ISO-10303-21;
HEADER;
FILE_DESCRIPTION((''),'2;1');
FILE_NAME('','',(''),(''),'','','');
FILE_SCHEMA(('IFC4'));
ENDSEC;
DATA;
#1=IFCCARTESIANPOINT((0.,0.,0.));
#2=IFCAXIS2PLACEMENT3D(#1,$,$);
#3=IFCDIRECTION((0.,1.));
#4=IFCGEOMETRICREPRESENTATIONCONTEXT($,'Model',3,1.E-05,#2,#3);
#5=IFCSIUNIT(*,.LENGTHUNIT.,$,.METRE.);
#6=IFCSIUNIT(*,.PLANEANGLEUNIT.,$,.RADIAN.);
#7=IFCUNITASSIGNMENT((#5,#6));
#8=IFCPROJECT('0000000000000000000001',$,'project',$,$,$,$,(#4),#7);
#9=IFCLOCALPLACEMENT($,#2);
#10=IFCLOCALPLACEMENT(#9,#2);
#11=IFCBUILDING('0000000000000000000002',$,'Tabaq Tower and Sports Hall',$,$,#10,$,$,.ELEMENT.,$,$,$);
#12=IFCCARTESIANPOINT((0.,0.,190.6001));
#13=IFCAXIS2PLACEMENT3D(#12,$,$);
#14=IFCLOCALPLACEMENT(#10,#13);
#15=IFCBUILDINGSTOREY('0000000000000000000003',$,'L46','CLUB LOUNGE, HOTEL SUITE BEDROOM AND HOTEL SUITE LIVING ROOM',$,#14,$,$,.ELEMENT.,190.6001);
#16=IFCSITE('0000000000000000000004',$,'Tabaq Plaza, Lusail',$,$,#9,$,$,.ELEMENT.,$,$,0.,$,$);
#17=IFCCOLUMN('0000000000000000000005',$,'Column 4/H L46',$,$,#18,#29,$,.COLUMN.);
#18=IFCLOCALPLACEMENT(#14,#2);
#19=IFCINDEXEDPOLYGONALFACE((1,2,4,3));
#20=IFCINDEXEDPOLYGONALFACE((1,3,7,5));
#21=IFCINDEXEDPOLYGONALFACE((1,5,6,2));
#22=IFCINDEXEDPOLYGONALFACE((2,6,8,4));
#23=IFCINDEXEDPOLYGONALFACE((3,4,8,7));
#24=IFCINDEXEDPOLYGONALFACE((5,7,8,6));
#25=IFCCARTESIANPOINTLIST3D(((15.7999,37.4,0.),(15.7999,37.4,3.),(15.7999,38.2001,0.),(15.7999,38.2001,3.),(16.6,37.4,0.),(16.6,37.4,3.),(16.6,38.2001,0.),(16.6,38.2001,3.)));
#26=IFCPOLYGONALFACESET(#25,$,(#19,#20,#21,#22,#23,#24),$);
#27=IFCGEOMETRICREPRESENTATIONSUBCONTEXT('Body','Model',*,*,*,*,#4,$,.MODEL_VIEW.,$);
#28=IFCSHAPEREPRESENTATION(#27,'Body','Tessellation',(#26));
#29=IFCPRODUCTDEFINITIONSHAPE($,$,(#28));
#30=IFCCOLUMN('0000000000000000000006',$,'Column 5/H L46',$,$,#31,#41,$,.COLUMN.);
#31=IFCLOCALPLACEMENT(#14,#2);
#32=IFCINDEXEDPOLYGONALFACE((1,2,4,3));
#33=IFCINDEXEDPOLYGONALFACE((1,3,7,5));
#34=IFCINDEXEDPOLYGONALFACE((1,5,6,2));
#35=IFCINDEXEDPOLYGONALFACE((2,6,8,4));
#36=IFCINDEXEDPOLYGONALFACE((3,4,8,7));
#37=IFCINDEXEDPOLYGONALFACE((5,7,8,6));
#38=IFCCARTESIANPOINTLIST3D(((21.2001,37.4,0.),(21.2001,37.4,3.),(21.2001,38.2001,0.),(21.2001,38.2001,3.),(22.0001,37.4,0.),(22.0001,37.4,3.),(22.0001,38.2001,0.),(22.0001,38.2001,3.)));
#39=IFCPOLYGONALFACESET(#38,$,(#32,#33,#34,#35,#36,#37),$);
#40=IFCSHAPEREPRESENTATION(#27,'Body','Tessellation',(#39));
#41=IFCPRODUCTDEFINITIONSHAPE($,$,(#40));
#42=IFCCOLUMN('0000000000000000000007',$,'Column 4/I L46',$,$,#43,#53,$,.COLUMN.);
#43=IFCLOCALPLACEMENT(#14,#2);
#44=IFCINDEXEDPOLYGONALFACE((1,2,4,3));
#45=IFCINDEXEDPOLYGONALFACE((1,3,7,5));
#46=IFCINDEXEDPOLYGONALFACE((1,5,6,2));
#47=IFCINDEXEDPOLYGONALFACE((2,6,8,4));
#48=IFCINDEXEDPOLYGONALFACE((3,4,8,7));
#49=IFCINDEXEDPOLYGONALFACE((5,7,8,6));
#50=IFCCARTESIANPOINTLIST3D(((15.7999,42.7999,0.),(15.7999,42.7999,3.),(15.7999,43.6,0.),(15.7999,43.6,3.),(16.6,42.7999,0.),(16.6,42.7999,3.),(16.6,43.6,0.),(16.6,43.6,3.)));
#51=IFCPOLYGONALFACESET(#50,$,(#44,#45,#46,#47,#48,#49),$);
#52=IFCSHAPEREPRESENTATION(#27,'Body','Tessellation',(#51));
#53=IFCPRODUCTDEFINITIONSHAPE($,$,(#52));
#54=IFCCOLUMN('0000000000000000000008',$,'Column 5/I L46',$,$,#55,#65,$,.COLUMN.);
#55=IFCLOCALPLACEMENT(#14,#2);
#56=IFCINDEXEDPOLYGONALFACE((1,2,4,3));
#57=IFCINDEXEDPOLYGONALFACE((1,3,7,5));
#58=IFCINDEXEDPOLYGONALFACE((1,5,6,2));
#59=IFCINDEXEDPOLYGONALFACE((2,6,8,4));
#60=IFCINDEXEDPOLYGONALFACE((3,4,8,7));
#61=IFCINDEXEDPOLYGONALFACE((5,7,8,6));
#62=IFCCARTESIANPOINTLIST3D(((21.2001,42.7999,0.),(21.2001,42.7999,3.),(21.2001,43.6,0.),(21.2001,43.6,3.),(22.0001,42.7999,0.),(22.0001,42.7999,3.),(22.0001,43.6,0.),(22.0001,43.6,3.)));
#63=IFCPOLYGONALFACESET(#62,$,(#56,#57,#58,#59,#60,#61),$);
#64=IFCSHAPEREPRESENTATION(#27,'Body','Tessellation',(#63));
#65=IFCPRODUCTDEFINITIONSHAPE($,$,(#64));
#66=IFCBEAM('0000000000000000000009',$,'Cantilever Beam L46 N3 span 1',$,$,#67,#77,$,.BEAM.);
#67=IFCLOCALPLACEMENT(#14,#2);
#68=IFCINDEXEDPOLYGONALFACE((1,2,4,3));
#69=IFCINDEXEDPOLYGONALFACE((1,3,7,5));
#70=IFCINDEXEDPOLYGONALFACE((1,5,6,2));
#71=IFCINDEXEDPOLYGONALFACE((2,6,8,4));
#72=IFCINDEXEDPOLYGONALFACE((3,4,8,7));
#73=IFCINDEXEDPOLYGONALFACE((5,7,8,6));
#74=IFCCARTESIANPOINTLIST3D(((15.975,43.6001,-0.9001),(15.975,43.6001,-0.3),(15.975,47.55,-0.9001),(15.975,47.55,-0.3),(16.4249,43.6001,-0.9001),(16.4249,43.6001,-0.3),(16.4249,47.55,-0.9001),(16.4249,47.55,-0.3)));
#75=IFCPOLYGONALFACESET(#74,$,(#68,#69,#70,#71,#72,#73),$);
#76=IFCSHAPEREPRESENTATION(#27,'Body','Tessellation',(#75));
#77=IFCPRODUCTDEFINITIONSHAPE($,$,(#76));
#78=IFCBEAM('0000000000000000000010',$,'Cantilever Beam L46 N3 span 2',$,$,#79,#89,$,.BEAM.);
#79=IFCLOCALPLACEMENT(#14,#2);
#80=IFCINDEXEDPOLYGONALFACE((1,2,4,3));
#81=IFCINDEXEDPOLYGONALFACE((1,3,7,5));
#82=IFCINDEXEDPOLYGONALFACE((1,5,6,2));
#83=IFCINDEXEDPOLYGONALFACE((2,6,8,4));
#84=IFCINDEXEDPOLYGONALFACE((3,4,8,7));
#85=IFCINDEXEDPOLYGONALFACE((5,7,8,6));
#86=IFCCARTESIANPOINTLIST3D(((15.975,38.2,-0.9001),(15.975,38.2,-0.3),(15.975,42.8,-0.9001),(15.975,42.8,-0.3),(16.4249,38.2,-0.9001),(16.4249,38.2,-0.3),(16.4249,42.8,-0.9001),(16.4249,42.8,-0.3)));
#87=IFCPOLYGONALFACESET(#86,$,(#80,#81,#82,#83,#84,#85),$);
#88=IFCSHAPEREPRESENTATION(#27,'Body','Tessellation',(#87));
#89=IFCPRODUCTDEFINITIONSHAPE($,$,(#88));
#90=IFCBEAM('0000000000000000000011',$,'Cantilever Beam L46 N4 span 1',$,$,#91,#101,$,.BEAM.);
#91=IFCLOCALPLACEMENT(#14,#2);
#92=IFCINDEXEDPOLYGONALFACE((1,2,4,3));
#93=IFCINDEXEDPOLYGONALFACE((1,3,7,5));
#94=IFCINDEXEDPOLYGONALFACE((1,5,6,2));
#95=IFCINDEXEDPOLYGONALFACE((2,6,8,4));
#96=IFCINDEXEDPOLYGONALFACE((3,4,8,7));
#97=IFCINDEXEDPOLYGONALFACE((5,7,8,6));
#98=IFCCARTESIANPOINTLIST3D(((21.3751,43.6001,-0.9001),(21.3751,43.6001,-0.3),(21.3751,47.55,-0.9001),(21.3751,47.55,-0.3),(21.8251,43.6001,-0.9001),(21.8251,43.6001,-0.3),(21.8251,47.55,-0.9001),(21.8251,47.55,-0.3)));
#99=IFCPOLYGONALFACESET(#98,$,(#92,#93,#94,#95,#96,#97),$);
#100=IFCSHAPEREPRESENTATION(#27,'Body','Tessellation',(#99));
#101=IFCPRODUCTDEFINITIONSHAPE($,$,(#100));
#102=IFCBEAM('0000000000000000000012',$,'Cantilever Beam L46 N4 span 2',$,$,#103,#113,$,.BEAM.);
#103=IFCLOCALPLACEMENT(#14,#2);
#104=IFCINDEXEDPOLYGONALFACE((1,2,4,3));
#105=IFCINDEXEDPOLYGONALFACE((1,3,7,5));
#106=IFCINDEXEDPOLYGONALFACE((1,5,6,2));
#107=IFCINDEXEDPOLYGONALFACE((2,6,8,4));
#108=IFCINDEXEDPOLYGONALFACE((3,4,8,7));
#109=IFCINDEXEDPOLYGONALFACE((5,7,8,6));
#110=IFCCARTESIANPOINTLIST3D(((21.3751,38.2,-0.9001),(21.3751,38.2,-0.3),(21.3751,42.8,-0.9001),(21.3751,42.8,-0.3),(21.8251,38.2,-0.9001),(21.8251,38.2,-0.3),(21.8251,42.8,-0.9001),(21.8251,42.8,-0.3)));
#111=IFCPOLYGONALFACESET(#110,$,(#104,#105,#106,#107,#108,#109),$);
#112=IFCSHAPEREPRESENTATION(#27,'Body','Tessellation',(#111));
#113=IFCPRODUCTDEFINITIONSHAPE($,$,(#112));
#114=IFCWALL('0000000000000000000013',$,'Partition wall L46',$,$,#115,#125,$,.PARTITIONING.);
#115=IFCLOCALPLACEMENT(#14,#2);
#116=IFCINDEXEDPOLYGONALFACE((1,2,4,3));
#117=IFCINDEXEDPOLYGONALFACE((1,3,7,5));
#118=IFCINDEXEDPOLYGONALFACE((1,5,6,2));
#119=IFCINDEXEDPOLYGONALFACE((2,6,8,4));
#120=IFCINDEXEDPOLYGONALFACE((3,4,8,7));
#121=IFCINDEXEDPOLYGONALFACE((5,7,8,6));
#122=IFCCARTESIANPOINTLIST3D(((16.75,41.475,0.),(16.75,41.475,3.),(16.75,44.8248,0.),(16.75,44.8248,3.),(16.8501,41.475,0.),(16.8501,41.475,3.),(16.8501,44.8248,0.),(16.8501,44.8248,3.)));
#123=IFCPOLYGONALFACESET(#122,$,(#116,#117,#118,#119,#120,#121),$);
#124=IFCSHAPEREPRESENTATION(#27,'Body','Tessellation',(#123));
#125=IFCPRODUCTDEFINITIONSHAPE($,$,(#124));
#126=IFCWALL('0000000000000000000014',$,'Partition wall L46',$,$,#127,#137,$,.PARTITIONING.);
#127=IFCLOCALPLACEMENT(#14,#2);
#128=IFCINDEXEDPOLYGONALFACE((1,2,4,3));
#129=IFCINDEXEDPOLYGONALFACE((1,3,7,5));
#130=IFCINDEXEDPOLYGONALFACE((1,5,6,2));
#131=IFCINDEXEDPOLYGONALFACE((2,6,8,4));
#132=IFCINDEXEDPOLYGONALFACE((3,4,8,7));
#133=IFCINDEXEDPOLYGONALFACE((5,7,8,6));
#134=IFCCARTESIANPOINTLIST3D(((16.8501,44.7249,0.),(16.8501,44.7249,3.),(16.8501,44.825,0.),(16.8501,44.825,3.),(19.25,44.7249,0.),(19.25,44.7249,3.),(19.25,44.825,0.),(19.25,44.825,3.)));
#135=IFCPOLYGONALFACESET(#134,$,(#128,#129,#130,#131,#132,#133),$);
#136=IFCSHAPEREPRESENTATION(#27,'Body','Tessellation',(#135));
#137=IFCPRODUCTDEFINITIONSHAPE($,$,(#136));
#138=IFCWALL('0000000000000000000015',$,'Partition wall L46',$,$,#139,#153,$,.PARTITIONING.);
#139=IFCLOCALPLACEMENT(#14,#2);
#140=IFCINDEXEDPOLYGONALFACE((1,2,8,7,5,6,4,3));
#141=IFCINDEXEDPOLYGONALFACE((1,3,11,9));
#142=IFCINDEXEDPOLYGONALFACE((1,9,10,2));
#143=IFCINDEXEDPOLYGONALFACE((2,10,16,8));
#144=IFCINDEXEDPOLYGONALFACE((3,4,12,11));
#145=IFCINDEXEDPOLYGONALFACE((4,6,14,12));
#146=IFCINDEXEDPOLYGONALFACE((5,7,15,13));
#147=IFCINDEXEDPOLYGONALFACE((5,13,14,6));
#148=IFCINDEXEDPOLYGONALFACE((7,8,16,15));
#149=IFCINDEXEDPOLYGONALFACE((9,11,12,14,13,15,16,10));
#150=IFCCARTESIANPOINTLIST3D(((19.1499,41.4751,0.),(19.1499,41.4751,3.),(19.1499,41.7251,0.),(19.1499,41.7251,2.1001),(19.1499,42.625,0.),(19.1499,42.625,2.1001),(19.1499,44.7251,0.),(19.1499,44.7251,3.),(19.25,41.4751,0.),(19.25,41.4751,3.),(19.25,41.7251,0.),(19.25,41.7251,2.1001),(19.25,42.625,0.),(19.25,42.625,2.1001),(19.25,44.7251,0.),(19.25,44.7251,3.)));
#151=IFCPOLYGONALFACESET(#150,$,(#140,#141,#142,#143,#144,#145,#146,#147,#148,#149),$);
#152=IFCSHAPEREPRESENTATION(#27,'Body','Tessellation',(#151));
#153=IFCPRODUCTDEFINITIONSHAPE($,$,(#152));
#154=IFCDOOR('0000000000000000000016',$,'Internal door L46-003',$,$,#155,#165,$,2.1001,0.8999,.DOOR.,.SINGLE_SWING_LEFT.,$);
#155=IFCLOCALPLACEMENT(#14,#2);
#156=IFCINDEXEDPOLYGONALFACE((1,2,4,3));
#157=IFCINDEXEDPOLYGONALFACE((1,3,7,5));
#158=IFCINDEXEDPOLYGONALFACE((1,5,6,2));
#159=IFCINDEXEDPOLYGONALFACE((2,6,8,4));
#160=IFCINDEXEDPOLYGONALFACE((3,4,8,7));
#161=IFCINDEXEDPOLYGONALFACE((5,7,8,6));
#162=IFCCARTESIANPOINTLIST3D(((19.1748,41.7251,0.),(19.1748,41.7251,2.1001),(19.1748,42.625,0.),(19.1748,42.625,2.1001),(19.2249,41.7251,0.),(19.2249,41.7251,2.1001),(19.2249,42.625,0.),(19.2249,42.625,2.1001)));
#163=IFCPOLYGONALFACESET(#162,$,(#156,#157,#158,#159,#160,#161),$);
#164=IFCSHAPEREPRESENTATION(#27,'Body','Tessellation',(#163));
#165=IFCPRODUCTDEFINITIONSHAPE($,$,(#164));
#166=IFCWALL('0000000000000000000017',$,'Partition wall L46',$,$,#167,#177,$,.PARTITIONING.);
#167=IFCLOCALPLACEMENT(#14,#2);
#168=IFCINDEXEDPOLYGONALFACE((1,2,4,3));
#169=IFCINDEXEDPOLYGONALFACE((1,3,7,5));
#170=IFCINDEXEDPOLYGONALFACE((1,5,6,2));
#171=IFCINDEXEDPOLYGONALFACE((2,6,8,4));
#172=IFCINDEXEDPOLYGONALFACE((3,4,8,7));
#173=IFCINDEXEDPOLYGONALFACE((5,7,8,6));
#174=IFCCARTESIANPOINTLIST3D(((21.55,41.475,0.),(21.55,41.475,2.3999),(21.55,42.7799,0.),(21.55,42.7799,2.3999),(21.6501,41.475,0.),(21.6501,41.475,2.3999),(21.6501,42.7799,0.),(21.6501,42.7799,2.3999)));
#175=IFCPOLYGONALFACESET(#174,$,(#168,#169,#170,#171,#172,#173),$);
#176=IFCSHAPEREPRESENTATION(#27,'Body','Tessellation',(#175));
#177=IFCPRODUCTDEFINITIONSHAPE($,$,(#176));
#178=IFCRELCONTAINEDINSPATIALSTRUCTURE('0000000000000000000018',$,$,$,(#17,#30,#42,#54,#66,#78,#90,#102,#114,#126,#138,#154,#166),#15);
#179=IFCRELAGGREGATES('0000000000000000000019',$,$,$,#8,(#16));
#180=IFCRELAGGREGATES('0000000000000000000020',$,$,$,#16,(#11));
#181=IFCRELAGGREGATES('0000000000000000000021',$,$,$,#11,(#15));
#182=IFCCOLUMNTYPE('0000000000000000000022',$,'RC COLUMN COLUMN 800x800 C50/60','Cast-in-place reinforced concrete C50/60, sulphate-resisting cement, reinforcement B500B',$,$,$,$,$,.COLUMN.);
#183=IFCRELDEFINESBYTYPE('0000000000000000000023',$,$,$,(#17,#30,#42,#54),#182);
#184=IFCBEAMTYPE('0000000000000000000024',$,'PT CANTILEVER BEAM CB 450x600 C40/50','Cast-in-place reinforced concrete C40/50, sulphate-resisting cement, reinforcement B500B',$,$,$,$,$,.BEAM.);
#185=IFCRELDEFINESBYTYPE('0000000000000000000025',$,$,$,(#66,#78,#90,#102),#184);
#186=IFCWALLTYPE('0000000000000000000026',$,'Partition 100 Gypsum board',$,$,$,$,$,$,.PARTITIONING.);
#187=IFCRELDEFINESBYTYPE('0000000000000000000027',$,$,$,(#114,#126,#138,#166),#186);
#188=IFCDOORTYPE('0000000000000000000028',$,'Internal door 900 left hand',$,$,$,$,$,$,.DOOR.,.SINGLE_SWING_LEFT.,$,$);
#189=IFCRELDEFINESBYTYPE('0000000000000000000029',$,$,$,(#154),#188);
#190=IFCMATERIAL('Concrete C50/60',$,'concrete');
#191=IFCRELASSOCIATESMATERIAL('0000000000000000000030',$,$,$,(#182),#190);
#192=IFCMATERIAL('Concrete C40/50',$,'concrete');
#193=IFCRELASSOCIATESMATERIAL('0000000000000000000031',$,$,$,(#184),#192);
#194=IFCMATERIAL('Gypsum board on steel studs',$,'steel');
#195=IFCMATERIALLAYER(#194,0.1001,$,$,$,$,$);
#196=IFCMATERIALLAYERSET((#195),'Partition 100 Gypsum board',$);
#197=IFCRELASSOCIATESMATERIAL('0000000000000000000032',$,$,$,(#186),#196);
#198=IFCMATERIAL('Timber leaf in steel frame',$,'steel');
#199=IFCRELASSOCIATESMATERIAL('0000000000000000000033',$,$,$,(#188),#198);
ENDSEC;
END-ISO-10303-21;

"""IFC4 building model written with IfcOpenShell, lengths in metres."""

from ifc_helpers import new_model, si_unit, direction, frame, frame_2d, origin, origin_2d, place, context, subcontext, project, spatial, rectangle, extrude, material, layer, layer_set, material_profile, profile_set, type_object, element, fill, save


model = new_model("IFC4")

# Units and contexts
model_context = context("Model", 3, precision=1e-05, world=origin(), true_north=direction((0.0, 1.0)))
body_context = subcontext(model_context, "Body", "Model", "MODEL_VIEW")
ifc_project = project(units=[si_unit("LENGTHUNIT", "METRE"), si_unit("PLANEANGLEUNIT", "RADIAN")], contexts=[model_context])

# Site, building, storey
site_placement = place(None, origin())
site = spatial("IfcSite", under=ifc_project, at=site_placement, Name="Tabaq Plaza, Lusail", CompositionType="ELEMENT", RefElevation=0.0)
building_placement = place(site_placement, origin())
building = spatial("IfcBuilding", under=site, at=building_placement, Name="Tabaq Tower and Sports Hall", CompositionType="ELEMENT")
storey_placement = place(building_placement, frame((0.0, 0.0, 190.6001)))
storey = spatial("IfcBuildingStorey", under=building, at=storey_placement, Name="L46", Description="CLUB LOUNGE, HOTEL SUITE BEDROOM AND HOTEL SUITE LIVING ROOM", CompositionType="ELEMENT", Elevation=190.6001)

# Columns
ifc_material_1 = material(Name="Concrete C50/60", Category="concrete")
ifc_material_profile_1 = material_profile(ifc_material_1, rectangle(XDim=0.8, YDim=0.8, at=origin_2d()), Name="COLUMN 800x800")
ifc_profile_set_1 = profile_set([ifc_material_profile_1], Name="Concrete C50/60")
column_type = type_object("IfcColumnType", Name="RC COLUMN COLUMN 800x800 C50/60", Description="Cast-in-place reinforced concrete C50/60, sulphate-resisting cement, reinforcement B500B", PredefinedType="COLUMN", material=ifc_profile_set_1)
for number, where, z_axis, x_axis, name in (
    (1, (16.2, 37.8, 0.0), (0.0, 0.0, 1.0), (1.0, 0.0, 0.0), "Column 4/H L46"),
    (2, (21.6001, 37.8, 0.0), (0.0, 0.0, 1.0), (1.0, 0.0, 0.0), "Column 5/H L46"),
    (3, (16.2, 43.2, 0.0), (0.0, 0.0, 1.0), (1.0, 0.0, 0.0), "Column 4/I L46"),
    (4, (21.6001, 43.2, 0.0), (0.0, 0.0, 1.0), (1.0, 0.0, 0.0), "Column 5/I L46"),
):
    element("IfcColumn", number, at=place(storey_placement, frame(where, z_axis=z_axis, x_axis=x_axis)), inside=storey, type_object=column_type, Name=name, PredefinedType="COLUMN", context=body_context, shape_type="SweptSolid", body=[
        extrude(rectangle(XDim=0.8, YDim=0.8, at=origin_2d()), origin(), (0.0, 0.0, 1.0), 3.0),
    ])

# Beams
ifc_material_2 = material(Name="Concrete C40/50", Category="concrete")
ifc_material_profile_2 = material_profile(ifc_material_2, rectangle(XDim=0.45, YDim=0.6001, at=origin_2d()), Name="CB 450x600")
ifc_profile_set_2 = profile_set([ifc_material_profile_2], Name="Concrete C40/50")
beam_type = type_object("IfcBeamType", Name="PT CANTILEVER BEAM CB 450x600 C40/50", Description="Cast-in-place reinforced concrete C40/50, sulphate-resisting cement, reinforcement B500B", PredefinedType="BEAM", material=ifc_profile_set_2)
beam_1_placement = place(storey_placement, frame((16.2, 47.55, -0.6001), z_axis=(0.0, -1.0, 0.0), x_axis=(1.0, 0.0, 0.0)))
element("IfcBeam", 5, at=beam_1_placement, inside=storey, type_object=beam_type, Name="Cantilever Beam L46 N3 span 1", PredefinedType="BEAM", context=body_context, shape_type="SweptSolid", body=[
    extrude(rectangle(XDim=0.45, YDim=0.6001, at=origin_2d()), origin(), (0.0, 0.0, 1.0), 3.95),
])
beam_2_placement = place(storey_placement, frame((16.2, 42.8, -0.6001), z_axis=(0.0, -1.0, 0.0), x_axis=(1.0, 0.0, 0.0)))
element("IfcBeam", 6, at=beam_2_placement, inside=storey, type_object=beam_type, Name="Cantilever Beam L46 N3 span 2", PredefinedType="BEAM", context=body_context, shape_type="SweptSolid", body=[
    extrude(rectangle(XDim=0.45, YDim=0.6001, at=origin_2d()), origin(), (0.0, 0.0, 1.0), 4.6001),
])
beam_3_placement = place(storey_placement, frame((21.6001, 47.55, -0.6001), z_axis=(0.0, -1.0, 0.0), x_axis=(1.0, 0.0, 0.0)))
element("IfcBeam", 7, at=beam_3_placement, inside=storey, type_object=beam_type, Name="Cantilever Beam L46 N4 span 1", PredefinedType="BEAM", context=body_context, shape_type="SweptSolid", body=[
    extrude(rectangle(XDim=0.45, YDim=0.6001, at=origin_2d()), origin(), (0.0, 0.0, 1.0), 3.95),
])
beam_4_placement = place(storey_placement, frame((21.6001, 42.8, -0.6001), z_axis=(0.0, -1.0, 0.0), x_axis=(1.0, 0.0, 0.0)))
element("IfcBeam", 8, at=beam_4_placement, inside=storey, type_object=beam_type, Name="Cantilever Beam L46 N4 span 2", PredefinedType="BEAM", context=body_context, shape_type="SweptSolid", body=[
    extrude(rectangle(XDim=0.45, YDim=0.6001, at=origin_2d()), origin(), (0.0, 0.0, 1.0), 4.6001),
])

# Walls
ifc_material_3 = material(Name="Gypsum board on steel studs", Category="steel")
ifc_layer_1 = layer(ifc_material_3, 0.1001)
ifc_layer_set_1 = layer_set([ifc_layer_1], Name="Partition 100 Gypsum board")
wall_type_1 = type_object("IfcWallType", Name="Partition 100 Gypsum board", PredefinedType="PARTITIONING", material=ifc_layer_set_1)
wall_1_placement = place(storey_placement, frame((16.8, 41.4751, 0.0), z_axis=(0.0, 0.0, 1.0), x_axis=(0.0, 1.0, 0.0)))
element("IfcWall", 9, at=wall_1_placement, inside=storey, type_object=wall_type_1, Name="Partition wall L46", PredefinedType="PARTITIONING", context=body_context, shape_type="SweptSolid", body=[
    extrude(rectangle(XDim=3.3499, YDim=0.1001, at=frame_2d((1.6748, 0.0))), origin(), (0.0, 0.0, 1.0), 3.0),
])
wall_2_placement = place(storey_placement, frame((16.8501, 44.7749, 0.0), z_axis=(0.0, 0.0, 1.0), x_axis=(1.0, 0.0, 0.0)))
element("IfcWall", 10, at=wall_2_placement, inside=storey, type_object=wall_type_1, Name="Partition wall L46", PredefinedType="PARTITIONING", context=body_context, shape_type="SweptSolid", body=[
    extrude(rectangle(XDim=2.3999, YDim=0.1001, at=frame_2d((1.2, 0.0))), origin(), (0.0, 0.0, 1.0), 3.0),
])

# Wall, opening, door
wall_3_placement = place(storey_placement, frame((19.2, 44.7251, 0.0), z_axis=(0.0, 0.0, 1.0), x_axis=(0.0, -1.0, 0.0)))
wall_3 = element("IfcWall", 11, at=wall_3_placement, inside=storey, type_object=wall_type_1, Name="Partition wall L46", PredefinedType="PARTITIONING", context=body_context, shape_type="SweptSolid", body=[
    extrude(rectangle(XDim=3.25, YDim=0.1001, at=frame_2d((1.625, 0.0))), origin(), (0.0, 0.0, 1.0), 3.0),
])
opening_1_placement = place(wall_3_placement, frame((2.1001, 0.0, 0.0)))
opening_1 = element("IfcOpeningElement", 12, at=opening_1_placement, cuts=wall_3, PredefinedType="OPENING", context=body_context, shape_type="SweptSolid", body=[
    extrude(rectangle(XDim=0.8999, YDim=2.1001, at=frame_2d((0.45, 1.05))), frame((0.0, 0.05, 0.0), z_axis=(0.0, -1.0, 0.0), x_axis=(1.0, 0.0, 0.0)), (0.0, 0.0, 1.0), 0.1001),
])
ifc_material_4 = material(Name="Timber leaf in steel frame", Category="steel")
door_type_1 = type_object("IfcDoorType", Name="Internal door 900 left hand", OperationType="SINGLE_SWING_LEFT", PredefinedType="DOOR", material=ifc_material_4)
door_1_placement = place(opening_1_placement, origin())
door_1 = element("IfcDoor", 13, at=door_1_placement, inside=storey, type_object=door_type_1, Name="Internal door L46-003", OperationType="SINGLE_SWING_LEFT", OverallHeight=2.1001, OverallWidth=0.8999, PredefinedType="DOOR", context=body_context, shape_type="SweptSolid", body=[
    extrude(rectangle(XDim=0.8999, YDim=2.1001, at=frame_2d((0.45, 1.05))), frame((0.0, 0.0249, 0.0), z_axis=(0.0, -1.0, 0.0), x_axis=(1.0, 0.0, 0.0)), (0.0, 0.0, 1.0), 0.05),
])
fill(opening_1, door_1)

# Wall
wall_4_placement = place(storey_placement, frame((21.6001, 41.4751, 0.0), z_axis=(0.0, 0.0, 1.0), x_axis=(0.0, 1.0, 0.0)))
element("IfcWall", 14, at=wall_4_placement, inside=storey, type_object=wall_type_1, Name="Partition wall L46", PredefinedType="PARTITIONING", context=body_context, shape_type="SweptSolid", body=[
    extrude(rectangle(XDim=1.3049, YDim=0.1001, at=frame_2d((0.6523, 0.0))), origin(), (0.0, 0.0, 1.0), 2.3999),
])

save(model, "model.ifc")
